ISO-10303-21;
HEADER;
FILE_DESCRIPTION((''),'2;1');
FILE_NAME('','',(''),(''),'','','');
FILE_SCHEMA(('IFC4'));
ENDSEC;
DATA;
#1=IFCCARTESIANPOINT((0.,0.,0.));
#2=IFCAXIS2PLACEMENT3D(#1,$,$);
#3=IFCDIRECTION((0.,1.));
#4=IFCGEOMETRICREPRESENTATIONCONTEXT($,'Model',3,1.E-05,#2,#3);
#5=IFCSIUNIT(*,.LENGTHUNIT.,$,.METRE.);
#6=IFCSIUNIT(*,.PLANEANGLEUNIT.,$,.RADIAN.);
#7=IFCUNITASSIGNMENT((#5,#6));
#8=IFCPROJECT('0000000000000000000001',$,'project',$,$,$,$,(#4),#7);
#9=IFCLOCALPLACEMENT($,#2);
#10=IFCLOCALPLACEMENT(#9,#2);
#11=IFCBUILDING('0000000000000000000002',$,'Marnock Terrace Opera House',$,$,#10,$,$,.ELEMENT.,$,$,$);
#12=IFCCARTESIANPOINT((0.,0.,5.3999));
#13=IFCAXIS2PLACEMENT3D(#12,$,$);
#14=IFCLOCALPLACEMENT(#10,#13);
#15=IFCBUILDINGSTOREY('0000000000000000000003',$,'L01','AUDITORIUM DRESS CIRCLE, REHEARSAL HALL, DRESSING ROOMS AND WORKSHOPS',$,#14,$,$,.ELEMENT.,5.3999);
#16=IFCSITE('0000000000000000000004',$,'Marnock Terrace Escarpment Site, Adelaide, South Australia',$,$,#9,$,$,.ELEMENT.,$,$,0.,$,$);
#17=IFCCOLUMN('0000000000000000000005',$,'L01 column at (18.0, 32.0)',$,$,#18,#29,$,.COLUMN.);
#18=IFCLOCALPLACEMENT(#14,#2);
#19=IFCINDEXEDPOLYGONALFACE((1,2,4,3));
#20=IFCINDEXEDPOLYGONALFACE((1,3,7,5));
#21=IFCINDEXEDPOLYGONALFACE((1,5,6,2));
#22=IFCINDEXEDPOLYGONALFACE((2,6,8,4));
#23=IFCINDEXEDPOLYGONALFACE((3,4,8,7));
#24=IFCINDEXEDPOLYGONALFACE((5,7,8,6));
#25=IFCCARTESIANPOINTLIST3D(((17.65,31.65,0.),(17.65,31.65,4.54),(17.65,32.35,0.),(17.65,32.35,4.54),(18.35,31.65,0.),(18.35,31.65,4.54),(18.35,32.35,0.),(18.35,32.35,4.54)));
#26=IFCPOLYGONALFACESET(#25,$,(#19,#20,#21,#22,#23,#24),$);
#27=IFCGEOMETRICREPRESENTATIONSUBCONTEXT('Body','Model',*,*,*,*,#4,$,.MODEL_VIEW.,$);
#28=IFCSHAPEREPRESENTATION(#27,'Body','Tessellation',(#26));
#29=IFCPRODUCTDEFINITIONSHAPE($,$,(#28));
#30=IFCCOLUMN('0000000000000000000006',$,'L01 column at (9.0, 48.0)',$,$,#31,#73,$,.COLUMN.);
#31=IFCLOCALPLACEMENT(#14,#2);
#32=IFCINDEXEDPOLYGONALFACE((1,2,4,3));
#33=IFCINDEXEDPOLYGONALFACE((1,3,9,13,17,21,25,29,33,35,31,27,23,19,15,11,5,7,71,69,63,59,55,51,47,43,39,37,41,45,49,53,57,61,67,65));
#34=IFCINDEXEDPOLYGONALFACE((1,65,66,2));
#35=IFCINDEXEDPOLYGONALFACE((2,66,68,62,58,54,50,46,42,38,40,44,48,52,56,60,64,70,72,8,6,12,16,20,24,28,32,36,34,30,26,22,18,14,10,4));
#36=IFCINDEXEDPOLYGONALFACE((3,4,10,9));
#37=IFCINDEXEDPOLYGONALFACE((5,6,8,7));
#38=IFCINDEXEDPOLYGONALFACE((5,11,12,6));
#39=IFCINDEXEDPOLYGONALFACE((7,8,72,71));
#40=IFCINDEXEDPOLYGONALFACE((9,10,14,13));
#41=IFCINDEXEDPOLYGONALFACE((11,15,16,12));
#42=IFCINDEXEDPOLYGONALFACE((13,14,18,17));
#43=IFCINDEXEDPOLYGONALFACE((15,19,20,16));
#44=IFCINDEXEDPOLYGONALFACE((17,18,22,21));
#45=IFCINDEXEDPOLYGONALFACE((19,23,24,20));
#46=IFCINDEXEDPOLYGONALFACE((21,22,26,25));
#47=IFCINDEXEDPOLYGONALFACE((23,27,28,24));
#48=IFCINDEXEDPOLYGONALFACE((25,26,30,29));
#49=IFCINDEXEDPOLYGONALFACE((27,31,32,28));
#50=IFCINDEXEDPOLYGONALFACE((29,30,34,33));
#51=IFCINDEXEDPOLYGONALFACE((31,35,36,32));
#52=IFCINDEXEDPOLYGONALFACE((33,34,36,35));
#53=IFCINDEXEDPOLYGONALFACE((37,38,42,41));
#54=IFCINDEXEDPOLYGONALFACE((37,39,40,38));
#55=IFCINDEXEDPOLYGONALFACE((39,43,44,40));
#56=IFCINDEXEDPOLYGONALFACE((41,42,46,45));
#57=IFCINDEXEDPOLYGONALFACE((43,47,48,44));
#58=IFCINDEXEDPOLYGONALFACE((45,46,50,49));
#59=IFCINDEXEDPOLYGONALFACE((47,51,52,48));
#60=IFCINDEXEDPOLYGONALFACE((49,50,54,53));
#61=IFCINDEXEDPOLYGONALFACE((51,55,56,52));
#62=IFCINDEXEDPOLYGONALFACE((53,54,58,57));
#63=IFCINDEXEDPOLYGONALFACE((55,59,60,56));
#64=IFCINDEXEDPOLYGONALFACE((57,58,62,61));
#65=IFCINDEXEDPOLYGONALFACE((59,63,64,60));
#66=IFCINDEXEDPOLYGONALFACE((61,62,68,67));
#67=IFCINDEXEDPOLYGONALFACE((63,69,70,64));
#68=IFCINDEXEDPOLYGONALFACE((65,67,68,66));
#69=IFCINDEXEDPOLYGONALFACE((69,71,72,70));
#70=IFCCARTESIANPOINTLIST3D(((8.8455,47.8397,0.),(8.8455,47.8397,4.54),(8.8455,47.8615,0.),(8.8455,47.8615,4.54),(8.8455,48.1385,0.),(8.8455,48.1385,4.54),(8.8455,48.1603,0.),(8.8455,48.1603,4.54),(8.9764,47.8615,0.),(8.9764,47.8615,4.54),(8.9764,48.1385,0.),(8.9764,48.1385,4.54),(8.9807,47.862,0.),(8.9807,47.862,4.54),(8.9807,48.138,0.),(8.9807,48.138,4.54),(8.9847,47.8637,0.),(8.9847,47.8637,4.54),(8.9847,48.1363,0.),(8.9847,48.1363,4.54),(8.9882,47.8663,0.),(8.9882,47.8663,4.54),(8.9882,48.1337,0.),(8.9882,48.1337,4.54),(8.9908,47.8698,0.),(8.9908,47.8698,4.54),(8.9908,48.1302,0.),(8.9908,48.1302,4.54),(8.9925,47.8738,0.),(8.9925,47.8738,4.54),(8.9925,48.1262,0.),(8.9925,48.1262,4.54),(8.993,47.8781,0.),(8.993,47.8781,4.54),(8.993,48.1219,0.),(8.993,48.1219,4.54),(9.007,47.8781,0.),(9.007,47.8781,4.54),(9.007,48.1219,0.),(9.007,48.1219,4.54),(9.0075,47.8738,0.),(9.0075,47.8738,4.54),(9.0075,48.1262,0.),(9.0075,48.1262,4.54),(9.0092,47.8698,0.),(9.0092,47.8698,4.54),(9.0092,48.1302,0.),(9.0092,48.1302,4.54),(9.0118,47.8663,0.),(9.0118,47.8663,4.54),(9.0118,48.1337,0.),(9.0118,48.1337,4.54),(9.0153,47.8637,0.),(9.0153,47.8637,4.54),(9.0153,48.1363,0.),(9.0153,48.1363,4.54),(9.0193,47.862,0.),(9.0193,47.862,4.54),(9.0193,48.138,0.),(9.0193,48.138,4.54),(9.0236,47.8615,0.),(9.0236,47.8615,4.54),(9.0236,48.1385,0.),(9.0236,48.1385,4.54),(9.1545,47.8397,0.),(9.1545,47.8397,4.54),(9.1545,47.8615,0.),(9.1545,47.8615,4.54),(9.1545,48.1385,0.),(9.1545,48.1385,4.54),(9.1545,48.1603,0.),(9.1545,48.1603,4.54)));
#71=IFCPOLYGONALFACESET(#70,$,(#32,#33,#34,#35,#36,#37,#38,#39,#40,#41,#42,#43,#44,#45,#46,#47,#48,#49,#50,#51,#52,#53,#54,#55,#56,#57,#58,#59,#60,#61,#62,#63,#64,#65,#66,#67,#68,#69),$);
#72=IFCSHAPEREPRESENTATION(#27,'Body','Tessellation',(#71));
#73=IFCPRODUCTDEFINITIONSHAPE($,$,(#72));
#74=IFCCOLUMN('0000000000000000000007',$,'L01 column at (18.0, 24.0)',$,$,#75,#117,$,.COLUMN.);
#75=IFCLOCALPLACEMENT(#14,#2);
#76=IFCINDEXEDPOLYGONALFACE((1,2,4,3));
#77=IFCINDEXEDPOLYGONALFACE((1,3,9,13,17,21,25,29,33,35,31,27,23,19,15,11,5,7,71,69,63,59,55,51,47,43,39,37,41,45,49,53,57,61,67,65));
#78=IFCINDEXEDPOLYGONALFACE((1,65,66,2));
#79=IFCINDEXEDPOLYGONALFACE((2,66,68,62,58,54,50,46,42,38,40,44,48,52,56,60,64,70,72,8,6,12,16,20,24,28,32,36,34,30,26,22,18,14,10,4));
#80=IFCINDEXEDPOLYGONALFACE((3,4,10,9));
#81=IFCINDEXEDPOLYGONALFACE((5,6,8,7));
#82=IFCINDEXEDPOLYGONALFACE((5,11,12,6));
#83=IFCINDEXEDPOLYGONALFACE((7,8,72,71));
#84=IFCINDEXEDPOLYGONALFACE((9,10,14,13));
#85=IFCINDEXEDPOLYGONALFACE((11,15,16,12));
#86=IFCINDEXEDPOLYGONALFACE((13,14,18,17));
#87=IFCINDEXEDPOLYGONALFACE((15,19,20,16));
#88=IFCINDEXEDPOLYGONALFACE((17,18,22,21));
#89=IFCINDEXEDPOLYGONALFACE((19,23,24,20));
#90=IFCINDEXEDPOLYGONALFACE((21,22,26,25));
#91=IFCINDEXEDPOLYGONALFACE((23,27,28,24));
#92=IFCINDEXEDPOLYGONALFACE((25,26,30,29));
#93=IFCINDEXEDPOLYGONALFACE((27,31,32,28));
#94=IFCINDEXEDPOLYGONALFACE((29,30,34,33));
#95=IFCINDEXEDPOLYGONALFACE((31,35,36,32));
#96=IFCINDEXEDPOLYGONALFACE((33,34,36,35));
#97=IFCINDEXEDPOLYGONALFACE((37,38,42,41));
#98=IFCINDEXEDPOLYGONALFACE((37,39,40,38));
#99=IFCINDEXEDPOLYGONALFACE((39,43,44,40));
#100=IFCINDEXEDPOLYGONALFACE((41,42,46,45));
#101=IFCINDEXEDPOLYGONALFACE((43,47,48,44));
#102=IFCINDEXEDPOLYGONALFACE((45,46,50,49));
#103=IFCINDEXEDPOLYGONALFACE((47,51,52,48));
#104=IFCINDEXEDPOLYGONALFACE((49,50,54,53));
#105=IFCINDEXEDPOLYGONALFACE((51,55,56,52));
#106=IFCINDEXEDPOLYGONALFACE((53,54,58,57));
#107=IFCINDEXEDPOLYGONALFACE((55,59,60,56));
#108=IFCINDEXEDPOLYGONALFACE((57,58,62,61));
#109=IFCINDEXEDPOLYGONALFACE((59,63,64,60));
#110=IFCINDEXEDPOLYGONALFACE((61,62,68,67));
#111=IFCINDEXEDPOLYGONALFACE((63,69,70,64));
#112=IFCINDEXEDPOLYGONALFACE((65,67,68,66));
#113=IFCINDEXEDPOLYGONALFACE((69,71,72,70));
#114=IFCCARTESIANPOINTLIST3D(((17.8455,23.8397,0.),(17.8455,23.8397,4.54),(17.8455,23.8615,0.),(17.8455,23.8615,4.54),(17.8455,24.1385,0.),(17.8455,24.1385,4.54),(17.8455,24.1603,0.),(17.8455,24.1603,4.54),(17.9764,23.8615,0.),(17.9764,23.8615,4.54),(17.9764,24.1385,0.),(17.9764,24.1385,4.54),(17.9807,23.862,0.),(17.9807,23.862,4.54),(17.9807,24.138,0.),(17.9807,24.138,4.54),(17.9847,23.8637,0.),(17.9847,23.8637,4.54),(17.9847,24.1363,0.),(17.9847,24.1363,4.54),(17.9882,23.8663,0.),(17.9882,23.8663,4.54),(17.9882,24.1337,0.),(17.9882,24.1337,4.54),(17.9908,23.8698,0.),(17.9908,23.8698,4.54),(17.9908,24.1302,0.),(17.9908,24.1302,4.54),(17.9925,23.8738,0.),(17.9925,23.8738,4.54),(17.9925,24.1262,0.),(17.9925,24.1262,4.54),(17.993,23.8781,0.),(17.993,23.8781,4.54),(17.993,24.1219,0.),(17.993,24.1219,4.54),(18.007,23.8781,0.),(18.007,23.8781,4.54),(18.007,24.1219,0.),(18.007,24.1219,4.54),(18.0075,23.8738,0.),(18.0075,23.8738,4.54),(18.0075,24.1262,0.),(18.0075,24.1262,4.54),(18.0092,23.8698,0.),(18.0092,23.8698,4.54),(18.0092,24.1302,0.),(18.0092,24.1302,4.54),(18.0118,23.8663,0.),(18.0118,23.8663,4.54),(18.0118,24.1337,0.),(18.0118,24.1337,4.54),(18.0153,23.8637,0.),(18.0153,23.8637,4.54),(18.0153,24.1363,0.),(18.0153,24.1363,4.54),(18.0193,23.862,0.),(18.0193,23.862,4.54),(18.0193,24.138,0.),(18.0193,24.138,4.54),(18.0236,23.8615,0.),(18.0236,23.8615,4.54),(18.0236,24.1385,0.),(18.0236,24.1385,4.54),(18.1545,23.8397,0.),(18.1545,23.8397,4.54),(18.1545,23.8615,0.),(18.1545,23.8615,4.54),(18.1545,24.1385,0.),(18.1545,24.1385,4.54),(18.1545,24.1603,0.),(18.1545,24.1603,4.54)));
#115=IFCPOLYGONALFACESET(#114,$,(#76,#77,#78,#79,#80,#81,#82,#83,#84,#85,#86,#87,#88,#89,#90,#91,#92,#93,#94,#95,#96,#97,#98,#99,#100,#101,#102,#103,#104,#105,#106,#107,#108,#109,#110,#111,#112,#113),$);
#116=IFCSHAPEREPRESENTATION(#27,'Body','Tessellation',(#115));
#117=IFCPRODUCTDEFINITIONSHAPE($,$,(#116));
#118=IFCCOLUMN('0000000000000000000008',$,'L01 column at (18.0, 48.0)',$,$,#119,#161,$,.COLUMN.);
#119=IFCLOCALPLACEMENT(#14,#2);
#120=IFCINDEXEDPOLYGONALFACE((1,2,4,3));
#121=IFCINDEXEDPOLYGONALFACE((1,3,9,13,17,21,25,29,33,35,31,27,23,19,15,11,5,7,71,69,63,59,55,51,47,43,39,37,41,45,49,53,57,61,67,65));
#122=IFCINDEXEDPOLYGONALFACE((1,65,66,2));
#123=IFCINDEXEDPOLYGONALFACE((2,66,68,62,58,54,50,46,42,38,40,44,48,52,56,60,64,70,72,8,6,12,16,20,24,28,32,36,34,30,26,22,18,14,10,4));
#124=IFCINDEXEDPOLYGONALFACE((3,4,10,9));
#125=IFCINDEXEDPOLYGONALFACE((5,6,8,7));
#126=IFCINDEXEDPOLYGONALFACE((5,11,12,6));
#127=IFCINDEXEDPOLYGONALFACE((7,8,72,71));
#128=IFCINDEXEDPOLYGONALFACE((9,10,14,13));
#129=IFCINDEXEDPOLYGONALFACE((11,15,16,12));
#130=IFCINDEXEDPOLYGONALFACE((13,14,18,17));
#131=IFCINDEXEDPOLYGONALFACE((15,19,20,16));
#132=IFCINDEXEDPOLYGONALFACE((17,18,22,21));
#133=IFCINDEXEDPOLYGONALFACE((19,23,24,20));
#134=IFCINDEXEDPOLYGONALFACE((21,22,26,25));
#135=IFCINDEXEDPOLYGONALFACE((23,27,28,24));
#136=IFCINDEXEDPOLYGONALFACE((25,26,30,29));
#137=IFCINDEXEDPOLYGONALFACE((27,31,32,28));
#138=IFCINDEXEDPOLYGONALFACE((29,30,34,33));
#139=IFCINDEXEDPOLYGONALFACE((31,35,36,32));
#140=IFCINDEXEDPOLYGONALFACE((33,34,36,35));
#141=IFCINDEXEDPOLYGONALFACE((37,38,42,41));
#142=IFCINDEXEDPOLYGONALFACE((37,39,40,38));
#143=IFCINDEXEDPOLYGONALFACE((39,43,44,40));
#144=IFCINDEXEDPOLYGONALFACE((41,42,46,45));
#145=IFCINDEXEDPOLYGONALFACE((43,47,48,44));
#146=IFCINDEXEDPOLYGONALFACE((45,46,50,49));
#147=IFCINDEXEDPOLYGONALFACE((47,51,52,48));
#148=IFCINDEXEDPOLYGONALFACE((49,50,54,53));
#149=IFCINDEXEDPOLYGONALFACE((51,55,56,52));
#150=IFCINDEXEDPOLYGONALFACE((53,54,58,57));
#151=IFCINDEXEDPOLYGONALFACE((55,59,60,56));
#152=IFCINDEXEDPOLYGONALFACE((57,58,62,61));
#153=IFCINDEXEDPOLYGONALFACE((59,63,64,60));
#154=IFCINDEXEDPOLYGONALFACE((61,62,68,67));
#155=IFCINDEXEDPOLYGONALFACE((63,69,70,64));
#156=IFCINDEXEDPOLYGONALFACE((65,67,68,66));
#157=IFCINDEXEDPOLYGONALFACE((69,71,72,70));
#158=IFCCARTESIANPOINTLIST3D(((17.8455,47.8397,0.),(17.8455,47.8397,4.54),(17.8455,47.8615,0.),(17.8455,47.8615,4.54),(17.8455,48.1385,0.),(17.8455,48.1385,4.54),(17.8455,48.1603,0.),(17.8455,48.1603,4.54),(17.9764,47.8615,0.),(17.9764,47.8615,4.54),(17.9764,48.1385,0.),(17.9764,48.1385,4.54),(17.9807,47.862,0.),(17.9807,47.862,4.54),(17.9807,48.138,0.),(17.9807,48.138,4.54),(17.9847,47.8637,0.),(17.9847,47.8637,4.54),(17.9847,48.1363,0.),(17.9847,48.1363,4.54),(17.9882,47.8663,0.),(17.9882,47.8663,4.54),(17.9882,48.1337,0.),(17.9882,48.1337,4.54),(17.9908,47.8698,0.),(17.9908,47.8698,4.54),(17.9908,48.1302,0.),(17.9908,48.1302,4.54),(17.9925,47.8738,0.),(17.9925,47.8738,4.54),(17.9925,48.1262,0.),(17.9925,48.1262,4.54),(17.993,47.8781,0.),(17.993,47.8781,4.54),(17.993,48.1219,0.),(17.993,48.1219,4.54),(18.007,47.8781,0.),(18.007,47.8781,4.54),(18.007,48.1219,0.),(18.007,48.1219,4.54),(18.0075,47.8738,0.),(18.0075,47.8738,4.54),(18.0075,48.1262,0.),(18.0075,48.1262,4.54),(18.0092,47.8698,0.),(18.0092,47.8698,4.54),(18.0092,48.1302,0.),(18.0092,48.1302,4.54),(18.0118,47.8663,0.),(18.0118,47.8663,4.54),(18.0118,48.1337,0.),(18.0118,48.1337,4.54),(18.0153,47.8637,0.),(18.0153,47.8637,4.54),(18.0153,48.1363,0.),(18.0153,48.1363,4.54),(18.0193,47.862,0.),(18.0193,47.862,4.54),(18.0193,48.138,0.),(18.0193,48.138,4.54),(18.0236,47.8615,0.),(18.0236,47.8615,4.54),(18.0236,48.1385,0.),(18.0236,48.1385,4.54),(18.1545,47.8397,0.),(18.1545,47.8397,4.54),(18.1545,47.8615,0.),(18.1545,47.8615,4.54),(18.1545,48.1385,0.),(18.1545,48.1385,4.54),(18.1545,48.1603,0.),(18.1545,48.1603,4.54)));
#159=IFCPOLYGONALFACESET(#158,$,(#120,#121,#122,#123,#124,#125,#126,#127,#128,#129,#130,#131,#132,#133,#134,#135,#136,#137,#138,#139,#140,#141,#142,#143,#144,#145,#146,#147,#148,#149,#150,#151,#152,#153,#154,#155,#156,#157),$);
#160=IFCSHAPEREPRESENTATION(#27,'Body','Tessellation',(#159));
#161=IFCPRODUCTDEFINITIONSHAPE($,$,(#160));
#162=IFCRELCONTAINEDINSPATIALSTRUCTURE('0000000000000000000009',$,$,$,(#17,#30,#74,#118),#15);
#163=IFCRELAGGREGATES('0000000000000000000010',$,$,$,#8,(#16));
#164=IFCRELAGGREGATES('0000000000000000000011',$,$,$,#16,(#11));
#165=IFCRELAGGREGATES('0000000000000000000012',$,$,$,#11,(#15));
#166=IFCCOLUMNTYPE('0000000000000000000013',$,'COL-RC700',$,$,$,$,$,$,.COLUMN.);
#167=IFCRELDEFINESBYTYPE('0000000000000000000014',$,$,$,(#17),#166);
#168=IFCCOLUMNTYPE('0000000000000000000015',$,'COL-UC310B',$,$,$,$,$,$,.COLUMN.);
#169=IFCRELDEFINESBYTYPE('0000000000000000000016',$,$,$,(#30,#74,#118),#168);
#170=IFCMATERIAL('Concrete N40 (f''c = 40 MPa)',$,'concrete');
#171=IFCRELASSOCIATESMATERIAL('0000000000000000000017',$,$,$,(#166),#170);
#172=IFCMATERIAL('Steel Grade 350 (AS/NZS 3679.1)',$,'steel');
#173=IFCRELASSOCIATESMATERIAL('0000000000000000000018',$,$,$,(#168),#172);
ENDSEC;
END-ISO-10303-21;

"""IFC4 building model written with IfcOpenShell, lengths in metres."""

from ifc_helpers import new_model, si_unit, direction, frame, origin, origin_2d, place, context, subcontext, project, spatial, rectangle, i_section, extrude, material, material_profile, profile_set, type_object, element, save


model = new_model("IFC4")

# Units and contexts
model_context = context("Model", 3, precision=1e-05, world=origin(), true_north=direction((0.0, 1.0)))
body_context = subcontext(model_context, "Body", "Model", "MODEL_VIEW")
ifc_project = project(units=[si_unit("LENGTHUNIT", "METRE"), si_unit("PLANEANGLEUNIT", "RADIAN")], contexts=[model_context])

# Site, building, storey
site_placement = place(None, origin())
site = spatial("IfcSite", under=ifc_project, at=site_placement, Name="Marnock Terrace Escarpment Site, Adelaide, South Australia", CompositionType="ELEMENT", RefElevation=0.0)
building_placement = place(site_placement, origin())
building = spatial("IfcBuilding", under=site, at=building_placement, Name="Marnock Terrace Opera House", CompositionType="ELEMENT")
storey_placement = place(building_placement, frame((0.0, 0.0, 5.3999)))
storey = spatial("IfcBuildingStorey", under=building, at=storey_placement, Name="L01", Description="AUDITORIUM DRESS CIRCLE, REHEARSAL HALL, DRESSING ROOMS AND WORKSHOPS", CompositionType="ELEMENT", Elevation=5.3999)

# Columns
ifc_material_1 = material(Name="Concrete N40 (f'c = 40 MPa)", Category="concrete")
ifc_material_profile_1 = material_profile(ifc_material_1, rectangle(XDim=0.7, YDim=0.7, at=origin_2d()))
ifc_profile_set_1 = profile_set([ifc_material_profile_1], Name="Concrete N40 (f'c = 40 MPa)")
column_type_1 = type_object("IfcColumnType", Name="COL-RC700", PredefinedType="COLUMN", material=ifc_profile_set_1)
column_placement = place(storey_placement, frame((18.0, 32.0, 0.0), z_axis=(0.0, 0.0, 1.0), x_axis=(1.0, 0.0, 0.0)))
element("IfcColumn", 1, at=column_placement, inside=storey, type_object=column_type_1, Name="L01 column at (18.0, 32.0)", PredefinedType="COLUMN", context=body_context, shape_type="SweptSolid", body=[
    extrude(rectangle(XDim=0.7, YDim=0.7, at=origin_2d()), origin(), (0.0, 0.0, 1.0), 4.54),
])
ifc_material_2 = material(Name="Steel Grade 350 (AS/NZS 3679.1)", Category="steel")
ifc_material_profile_2 = material_profile(ifc_material_2, i_section(OverallWidth=0.3091, OverallDepth=0.3206, WebThickness=0.0139, FlangeThickness=0.0217, FilletRadius=0.0166, at=origin_2d()))
ifc_profile_set_2 = profile_set([ifc_material_profile_2], Name="Steel Grade 350 (AS/NZS 3679.1)")
column_type_2 = type_object("IfcColumnType", Name="COL-UC310B", PredefinedType="COLUMN", material=ifc_profile_set_2)
for number, where, z_axis, x_axis, name in (
    (2, (9.0, 48.0, 0.0), (0.0, 0.0, 1.0), (1.0, 0.0, 0.0), "L01 column at (9.0, 48.0)"),
    (3, (18.0, 24.0, 0.0), (0.0, 0.0, 1.0), (1.0, 0.0, 0.0), "L01 column at (18.0, 24.0)"),
    (4, (18.0, 48.0, 0.0), (0.0, 0.0, 1.0), (1.0, 0.0, 0.0), "L01 column at (18.0, 48.0)"),
):
    element("IfcColumn", number, at=place(storey_placement, frame(where, z_axis=z_axis, x_axis=x_axis)), inside=storey, type_object=column_type_2, Name=name, PredefinedType="COLUMN", context=body_context, shape_type="SweptSolid", body=[
        extrude(i_section(OverallWidth=0.3091, OverallDepth=0.3206, WebThickness=0.0139, FlangeThickness=0.0217, FilletRadius=0.0166, at=origin_2d()), origin(), (0.0, 0.0, 1.0), 4.54),
    ])

save(model, "model.ifc")
